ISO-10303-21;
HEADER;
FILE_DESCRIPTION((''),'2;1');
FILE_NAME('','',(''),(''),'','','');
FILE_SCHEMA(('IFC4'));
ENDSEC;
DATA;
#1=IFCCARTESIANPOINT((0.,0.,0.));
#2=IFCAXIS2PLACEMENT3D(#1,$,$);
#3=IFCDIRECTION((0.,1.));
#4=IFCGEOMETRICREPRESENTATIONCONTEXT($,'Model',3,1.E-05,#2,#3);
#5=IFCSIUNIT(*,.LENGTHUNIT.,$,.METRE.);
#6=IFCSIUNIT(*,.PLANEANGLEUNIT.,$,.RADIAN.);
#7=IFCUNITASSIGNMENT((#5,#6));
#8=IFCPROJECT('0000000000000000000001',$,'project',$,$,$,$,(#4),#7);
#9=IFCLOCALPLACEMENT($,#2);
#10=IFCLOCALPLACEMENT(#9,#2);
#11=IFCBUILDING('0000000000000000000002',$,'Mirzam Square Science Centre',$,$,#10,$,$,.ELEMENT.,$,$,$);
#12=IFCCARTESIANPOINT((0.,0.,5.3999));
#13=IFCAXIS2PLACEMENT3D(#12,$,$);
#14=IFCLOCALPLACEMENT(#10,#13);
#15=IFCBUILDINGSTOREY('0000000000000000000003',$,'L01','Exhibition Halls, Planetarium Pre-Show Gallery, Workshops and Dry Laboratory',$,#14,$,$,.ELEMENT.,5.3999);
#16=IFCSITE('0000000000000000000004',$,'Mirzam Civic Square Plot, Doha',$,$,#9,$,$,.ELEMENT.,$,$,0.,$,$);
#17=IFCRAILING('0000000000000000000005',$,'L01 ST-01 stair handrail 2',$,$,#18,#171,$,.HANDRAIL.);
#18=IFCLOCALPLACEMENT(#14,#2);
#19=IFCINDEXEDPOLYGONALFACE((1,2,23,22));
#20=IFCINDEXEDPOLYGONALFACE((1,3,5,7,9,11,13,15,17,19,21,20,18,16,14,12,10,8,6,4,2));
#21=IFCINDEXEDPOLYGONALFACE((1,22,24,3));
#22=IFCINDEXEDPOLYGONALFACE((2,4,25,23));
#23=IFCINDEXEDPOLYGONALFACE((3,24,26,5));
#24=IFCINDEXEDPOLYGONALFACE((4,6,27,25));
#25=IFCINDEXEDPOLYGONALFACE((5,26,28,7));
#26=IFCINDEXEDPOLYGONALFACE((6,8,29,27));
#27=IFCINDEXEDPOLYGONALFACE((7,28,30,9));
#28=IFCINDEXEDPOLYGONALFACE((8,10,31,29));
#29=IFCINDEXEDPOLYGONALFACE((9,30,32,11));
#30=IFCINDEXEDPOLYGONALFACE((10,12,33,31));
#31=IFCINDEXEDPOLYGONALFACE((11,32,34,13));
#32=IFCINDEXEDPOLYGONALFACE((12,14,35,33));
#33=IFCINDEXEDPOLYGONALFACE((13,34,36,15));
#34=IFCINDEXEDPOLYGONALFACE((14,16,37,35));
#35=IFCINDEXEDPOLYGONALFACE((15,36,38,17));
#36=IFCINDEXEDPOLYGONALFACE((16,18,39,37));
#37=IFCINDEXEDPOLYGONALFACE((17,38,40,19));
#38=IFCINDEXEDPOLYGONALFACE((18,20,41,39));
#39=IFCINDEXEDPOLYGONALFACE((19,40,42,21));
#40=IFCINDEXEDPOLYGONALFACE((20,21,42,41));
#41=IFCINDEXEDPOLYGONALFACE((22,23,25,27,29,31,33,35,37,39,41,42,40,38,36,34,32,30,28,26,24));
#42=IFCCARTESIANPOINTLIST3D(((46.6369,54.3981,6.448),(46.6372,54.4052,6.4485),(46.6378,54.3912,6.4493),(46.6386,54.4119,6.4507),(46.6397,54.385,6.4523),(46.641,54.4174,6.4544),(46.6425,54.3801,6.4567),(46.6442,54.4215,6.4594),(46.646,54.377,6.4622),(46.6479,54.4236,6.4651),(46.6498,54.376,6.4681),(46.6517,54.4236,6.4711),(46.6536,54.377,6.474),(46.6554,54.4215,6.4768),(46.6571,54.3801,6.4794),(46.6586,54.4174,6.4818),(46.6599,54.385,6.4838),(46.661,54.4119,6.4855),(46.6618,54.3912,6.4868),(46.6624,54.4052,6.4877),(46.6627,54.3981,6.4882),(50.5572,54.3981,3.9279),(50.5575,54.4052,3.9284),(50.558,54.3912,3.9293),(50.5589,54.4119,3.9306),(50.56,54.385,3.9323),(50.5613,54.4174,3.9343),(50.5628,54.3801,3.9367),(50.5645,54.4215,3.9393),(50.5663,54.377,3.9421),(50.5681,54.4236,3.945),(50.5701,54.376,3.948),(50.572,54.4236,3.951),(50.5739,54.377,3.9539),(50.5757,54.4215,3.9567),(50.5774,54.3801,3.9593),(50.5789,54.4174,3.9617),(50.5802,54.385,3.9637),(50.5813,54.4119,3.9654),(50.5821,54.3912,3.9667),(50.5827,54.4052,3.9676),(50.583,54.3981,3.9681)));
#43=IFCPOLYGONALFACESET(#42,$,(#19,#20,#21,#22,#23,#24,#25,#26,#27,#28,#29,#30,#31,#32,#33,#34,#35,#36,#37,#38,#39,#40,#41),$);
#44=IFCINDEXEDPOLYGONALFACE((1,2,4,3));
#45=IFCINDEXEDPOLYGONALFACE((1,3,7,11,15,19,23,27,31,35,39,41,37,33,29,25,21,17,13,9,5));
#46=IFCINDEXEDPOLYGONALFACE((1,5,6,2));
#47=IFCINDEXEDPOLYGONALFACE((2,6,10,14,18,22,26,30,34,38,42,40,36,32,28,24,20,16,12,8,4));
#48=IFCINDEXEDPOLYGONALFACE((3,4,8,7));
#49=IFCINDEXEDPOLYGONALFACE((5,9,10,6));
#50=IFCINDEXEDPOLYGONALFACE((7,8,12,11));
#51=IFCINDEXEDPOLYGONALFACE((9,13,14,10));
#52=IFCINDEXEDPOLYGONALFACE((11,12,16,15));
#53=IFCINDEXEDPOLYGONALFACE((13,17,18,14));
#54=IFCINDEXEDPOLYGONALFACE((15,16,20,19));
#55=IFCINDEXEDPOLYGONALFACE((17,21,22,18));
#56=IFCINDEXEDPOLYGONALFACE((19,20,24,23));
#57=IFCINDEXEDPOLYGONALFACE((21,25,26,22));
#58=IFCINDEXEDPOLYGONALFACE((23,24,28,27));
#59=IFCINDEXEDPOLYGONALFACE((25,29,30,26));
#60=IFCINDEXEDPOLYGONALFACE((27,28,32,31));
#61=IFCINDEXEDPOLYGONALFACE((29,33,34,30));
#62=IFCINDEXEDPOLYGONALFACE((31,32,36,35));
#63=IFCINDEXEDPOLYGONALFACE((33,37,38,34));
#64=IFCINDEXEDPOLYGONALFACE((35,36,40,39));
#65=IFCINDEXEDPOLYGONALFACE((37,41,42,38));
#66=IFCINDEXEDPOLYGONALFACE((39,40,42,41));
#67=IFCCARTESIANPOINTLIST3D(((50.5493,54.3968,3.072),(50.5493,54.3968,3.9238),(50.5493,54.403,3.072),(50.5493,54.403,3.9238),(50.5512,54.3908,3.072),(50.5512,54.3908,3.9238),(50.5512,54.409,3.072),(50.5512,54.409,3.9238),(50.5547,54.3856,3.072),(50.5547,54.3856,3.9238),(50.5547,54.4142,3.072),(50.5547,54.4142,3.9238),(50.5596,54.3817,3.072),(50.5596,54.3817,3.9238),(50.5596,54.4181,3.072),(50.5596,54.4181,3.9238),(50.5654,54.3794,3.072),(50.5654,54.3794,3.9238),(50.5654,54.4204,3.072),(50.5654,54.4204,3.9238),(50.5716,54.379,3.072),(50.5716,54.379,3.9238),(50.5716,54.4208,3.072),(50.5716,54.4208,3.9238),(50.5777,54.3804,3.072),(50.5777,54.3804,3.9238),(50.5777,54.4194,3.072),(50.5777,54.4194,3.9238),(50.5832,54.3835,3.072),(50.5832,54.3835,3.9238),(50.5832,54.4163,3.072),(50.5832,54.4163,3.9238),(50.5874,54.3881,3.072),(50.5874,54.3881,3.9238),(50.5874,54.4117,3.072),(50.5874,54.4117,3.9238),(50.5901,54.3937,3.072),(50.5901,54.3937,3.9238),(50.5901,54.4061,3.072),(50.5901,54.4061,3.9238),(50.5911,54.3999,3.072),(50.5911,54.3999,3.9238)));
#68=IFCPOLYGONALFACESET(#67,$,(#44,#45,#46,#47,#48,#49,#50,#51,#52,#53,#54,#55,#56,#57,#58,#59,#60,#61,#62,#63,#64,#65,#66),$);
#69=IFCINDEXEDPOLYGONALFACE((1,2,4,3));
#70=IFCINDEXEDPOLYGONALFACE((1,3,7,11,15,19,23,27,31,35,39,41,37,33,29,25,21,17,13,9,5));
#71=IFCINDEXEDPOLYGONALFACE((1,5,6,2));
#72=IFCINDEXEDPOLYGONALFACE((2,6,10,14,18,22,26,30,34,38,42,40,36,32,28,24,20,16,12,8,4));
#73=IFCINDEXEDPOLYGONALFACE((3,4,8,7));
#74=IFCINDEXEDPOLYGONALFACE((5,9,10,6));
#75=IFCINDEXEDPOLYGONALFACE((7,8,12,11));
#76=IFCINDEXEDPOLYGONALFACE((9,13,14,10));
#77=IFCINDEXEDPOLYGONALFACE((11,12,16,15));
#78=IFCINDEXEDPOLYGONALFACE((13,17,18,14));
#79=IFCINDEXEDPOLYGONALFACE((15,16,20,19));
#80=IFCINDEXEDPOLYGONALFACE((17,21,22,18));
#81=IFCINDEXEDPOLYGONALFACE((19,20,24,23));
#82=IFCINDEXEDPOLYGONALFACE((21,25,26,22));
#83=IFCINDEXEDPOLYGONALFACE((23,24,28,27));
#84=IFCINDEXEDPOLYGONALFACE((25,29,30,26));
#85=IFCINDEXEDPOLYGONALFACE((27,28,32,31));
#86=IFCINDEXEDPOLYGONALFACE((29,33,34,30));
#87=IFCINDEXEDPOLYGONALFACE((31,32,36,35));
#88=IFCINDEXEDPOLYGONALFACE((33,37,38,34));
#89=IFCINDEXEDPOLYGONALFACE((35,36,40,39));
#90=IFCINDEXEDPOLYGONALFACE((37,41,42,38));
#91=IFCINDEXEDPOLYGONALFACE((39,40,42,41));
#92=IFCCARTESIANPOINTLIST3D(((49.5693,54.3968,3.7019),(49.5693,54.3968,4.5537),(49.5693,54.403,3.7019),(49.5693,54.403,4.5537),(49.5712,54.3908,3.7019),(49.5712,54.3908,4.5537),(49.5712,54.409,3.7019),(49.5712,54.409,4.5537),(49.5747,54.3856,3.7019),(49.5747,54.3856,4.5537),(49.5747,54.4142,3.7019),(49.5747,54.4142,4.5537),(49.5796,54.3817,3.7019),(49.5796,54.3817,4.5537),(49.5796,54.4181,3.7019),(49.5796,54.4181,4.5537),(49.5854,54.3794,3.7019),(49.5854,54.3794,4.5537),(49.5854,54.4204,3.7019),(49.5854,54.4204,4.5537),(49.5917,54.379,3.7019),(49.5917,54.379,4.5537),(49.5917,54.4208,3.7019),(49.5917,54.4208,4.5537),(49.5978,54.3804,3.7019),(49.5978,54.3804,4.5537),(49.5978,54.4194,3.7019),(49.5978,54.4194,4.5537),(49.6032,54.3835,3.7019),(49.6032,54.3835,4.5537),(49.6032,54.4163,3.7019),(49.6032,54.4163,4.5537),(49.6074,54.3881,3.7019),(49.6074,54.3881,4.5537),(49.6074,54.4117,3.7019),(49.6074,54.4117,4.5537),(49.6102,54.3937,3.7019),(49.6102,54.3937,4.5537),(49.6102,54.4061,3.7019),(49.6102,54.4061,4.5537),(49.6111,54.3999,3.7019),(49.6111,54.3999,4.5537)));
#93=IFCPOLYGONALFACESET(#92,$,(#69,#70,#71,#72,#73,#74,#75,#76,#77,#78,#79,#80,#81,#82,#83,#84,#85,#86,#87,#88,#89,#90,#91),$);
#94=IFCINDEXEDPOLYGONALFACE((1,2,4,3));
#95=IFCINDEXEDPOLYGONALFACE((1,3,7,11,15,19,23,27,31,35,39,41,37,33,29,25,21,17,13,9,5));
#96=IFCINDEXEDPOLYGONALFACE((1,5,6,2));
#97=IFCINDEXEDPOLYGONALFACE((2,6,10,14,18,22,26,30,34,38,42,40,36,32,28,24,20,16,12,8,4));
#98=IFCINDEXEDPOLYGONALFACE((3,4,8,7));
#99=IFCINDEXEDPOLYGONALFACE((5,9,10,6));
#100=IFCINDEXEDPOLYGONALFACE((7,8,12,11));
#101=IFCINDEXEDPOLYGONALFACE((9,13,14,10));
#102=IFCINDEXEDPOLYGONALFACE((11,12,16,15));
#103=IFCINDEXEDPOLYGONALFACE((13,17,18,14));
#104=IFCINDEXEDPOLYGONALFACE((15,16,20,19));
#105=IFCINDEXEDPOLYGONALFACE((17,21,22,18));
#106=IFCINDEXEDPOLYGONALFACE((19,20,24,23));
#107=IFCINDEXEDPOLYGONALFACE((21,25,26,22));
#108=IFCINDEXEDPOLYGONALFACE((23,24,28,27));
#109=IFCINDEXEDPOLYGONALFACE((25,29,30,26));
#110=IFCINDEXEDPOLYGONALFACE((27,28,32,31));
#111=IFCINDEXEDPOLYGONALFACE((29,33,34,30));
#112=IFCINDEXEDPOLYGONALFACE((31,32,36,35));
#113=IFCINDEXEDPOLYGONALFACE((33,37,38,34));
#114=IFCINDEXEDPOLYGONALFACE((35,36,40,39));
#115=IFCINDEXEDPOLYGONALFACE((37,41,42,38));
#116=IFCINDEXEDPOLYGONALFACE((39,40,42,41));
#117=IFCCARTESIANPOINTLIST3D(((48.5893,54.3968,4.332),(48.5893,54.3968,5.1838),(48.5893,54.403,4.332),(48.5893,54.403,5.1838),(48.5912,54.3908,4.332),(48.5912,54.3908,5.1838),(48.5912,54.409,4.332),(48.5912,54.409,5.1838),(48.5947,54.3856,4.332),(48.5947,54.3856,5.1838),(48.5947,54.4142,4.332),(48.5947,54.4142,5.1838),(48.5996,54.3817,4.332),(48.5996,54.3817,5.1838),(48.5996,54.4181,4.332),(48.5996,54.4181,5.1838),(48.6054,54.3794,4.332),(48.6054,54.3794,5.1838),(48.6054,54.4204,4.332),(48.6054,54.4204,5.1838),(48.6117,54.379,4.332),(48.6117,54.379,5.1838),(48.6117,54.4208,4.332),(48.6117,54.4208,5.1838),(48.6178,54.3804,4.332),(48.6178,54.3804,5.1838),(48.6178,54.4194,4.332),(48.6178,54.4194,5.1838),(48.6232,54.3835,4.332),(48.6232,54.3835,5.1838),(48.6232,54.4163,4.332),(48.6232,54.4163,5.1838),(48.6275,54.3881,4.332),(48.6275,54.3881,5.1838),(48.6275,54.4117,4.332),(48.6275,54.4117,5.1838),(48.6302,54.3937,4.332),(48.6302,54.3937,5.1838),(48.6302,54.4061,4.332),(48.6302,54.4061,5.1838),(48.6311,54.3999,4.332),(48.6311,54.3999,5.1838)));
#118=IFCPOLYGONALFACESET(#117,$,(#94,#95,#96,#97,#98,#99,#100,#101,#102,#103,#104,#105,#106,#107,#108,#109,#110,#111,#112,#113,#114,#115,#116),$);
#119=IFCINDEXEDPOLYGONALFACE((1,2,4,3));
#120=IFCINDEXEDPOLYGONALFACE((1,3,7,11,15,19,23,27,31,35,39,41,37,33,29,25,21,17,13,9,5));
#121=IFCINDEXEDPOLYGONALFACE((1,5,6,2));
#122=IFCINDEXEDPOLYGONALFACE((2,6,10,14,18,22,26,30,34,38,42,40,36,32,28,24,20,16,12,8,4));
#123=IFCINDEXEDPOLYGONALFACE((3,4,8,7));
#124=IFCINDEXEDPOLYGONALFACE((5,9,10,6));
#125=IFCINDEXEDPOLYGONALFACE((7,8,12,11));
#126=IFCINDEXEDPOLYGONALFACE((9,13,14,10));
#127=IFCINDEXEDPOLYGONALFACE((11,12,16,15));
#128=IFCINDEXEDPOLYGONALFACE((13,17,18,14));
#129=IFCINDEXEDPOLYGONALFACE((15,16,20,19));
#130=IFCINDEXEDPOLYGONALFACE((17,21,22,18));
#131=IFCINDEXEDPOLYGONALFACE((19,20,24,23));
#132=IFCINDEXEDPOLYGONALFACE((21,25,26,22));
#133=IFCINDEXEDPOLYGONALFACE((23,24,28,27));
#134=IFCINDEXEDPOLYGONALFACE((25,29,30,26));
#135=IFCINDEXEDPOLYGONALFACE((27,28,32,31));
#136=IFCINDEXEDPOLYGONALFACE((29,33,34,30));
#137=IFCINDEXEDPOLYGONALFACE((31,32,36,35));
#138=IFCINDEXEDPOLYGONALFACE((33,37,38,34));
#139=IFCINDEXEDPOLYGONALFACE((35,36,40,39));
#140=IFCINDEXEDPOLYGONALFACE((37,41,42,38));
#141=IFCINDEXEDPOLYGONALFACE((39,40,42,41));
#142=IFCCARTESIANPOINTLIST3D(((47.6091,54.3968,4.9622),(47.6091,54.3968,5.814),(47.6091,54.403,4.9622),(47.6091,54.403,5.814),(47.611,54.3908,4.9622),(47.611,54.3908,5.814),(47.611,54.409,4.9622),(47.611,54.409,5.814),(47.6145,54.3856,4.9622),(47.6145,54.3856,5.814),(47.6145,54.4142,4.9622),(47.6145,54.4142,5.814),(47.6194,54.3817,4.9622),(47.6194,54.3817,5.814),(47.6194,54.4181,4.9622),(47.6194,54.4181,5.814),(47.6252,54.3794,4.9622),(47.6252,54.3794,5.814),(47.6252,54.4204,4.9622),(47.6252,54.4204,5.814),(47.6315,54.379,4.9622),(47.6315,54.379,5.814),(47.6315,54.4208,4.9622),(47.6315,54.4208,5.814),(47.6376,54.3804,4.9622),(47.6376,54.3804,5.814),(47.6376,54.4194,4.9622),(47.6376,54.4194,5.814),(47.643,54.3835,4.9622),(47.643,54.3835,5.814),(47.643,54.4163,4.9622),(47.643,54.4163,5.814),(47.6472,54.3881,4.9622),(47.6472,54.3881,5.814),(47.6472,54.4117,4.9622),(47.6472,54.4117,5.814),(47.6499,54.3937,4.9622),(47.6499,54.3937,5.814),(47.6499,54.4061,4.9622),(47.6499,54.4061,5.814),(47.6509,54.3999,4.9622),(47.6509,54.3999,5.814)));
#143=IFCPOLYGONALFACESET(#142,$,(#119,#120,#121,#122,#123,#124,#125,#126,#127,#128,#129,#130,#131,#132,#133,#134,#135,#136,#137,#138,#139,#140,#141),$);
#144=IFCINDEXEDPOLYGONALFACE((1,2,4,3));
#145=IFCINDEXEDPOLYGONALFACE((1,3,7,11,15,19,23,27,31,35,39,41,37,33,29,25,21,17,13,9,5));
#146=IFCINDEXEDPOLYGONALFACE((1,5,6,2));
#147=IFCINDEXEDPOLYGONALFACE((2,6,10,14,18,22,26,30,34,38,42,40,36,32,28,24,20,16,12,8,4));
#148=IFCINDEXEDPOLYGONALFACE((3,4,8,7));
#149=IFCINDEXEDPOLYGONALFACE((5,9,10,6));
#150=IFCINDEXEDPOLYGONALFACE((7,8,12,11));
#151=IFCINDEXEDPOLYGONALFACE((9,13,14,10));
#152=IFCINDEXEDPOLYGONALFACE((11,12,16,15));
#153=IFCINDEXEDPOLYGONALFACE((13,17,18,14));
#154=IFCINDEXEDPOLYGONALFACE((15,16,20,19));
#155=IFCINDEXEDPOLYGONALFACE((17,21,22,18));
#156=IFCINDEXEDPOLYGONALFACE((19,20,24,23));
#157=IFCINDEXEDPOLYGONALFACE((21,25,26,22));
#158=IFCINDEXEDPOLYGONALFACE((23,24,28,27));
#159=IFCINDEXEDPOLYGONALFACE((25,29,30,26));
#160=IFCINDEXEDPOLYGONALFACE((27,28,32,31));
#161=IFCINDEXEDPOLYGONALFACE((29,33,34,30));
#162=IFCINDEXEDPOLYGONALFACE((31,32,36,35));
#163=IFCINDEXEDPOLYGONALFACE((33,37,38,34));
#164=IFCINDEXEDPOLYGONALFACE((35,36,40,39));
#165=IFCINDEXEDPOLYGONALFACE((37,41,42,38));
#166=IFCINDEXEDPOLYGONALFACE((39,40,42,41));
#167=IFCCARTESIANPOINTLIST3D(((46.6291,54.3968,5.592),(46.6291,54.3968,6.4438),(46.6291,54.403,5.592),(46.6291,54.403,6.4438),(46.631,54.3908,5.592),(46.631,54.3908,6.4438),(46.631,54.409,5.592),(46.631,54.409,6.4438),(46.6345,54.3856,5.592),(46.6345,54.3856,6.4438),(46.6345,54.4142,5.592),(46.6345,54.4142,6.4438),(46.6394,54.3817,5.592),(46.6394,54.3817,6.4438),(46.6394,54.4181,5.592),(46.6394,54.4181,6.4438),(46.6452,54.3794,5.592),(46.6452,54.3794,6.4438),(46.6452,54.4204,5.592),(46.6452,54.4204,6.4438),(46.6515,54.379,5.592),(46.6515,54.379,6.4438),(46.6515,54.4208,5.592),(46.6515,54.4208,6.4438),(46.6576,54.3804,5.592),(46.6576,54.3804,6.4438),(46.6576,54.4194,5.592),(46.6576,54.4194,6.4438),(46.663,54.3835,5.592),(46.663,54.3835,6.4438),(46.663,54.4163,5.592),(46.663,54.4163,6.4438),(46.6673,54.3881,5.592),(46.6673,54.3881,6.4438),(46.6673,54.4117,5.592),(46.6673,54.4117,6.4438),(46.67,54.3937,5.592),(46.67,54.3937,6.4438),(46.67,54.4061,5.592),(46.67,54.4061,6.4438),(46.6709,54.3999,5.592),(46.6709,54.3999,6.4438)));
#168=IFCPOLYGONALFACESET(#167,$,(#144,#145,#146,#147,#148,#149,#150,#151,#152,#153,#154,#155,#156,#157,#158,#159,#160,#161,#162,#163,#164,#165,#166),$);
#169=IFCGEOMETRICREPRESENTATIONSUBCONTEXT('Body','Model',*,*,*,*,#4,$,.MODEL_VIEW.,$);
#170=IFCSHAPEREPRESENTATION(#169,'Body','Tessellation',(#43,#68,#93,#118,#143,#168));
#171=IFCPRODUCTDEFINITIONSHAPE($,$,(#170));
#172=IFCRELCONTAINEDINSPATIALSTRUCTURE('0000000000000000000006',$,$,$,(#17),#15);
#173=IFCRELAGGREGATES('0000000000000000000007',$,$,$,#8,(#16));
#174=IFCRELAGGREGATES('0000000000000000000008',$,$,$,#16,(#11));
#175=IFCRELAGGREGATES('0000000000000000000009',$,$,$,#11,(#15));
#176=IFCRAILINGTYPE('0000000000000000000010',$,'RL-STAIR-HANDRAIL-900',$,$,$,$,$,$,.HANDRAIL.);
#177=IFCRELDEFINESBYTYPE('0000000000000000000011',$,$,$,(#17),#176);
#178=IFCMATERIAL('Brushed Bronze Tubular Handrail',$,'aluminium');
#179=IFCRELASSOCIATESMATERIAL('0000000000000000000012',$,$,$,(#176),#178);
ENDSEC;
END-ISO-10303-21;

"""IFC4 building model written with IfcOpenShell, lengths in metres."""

from ifc_helpers import new_model, si_unit, direction, frame, origin, origin_2d, place, context, subcontext, project, spatial, circle, extrude, material, type_object, element, save


model = new_model("IFC4")

# Units and contexts
model_context = context("Model", 3, precision=1e-05, world=origin(), true_north=direction((0.0, 1.0)))
body_context = subcontext(model_context, "Body", "Model", "MODEL_VIEW")
ifc_project = project(units=[si_unit("LENGTHUNIT", "METRE"), si_unit("PLANEANGLEUNIT", "RADIAN")], contexts=[model_context])

# Site, building, storey
site_placement = place(None, origin())
site = spatial("IfcSite", under=ifc_project, at=site_placement, Name="Mirzam Civic Square Plot, Doha", CompositionType="ELEMENT", RefElevation=0.0)
building_placement = place(site_placement, origin())
building = spatial("IfcBuilding", under=site, at=building_placement, Name="Mirzam Square Science Centre", CompositionType="ELEMENT")
storey_placement = place(building_placement, frame((0.0, 0.0, 5.3999)))
storey = spatial("IfcBuildingStorey", under=building, at=storey_placement, Name="L01", Description="Exhibition Halls, Planetarium Pre-Show Gallery, Workshops and Dry Laboratory", CompositionType="ELEMENT", Elevation=5.3999)

# Railing
ifc_material_1 = material(Name="Brushed Bronze Tubular Handrail", Category="aluminium")
railing_type_1 = type_object("IfcRailingType", Name="RL-STAIR-HANDRAIL-900", PredefinedType="HANDRAIL", material=ifc_material_1)
railing_1_placement = place(storey_placement, frame((50.5701, 54.3999, 3.072)))
element("IfcRailing", 1, at=railing_1_placement, inside=storey, type_object=railing_type_1, Name="L01 ST-01 stair handrail 2", PredefinedType="HANDRAIL", context=body_context, shape_type="SweptSolid", body=[
    extrude(circle(Radius=0.0239, at=origin_2d()), frame((0.0, 0.0, 0.876), z_axis=(-0.841187, 0.0, 0.540744), x_axis=(0.0, -1.0, 0.0)), (0.0, 0.0, 1.0), 4.6604),
    extrude(circle(Radius=0.021, at=origin_2d()), origin(), (0.0, 0.0, 1.0), 0.8518),
    extrude(circle(Radius=0.021, at=origin_2d()), frame((-0.98, 0.0, 0.6299)), (0.0, 0.0, 1.0), 0.8518),
    extrude(circle(Radius=0.021, at=origin_2d()), frame((-1.96, 0.0, 1.26)), (0.0, 0.0, 1.0), 0.8518),
    extrude(circle(Radius=0.021, at=origin_2d()), frame((-2.9402, 0.0, 1.8901)), (0.0, 0.0, 1.0), 0.8518),
    extrude(circle(Radius=0.021, at=origin_2d()), frame((-3.9202, 0.0, 2.52)), (0.0, 0.0, 1.0), 0.8518),
])

save(model, "model.ifc")
